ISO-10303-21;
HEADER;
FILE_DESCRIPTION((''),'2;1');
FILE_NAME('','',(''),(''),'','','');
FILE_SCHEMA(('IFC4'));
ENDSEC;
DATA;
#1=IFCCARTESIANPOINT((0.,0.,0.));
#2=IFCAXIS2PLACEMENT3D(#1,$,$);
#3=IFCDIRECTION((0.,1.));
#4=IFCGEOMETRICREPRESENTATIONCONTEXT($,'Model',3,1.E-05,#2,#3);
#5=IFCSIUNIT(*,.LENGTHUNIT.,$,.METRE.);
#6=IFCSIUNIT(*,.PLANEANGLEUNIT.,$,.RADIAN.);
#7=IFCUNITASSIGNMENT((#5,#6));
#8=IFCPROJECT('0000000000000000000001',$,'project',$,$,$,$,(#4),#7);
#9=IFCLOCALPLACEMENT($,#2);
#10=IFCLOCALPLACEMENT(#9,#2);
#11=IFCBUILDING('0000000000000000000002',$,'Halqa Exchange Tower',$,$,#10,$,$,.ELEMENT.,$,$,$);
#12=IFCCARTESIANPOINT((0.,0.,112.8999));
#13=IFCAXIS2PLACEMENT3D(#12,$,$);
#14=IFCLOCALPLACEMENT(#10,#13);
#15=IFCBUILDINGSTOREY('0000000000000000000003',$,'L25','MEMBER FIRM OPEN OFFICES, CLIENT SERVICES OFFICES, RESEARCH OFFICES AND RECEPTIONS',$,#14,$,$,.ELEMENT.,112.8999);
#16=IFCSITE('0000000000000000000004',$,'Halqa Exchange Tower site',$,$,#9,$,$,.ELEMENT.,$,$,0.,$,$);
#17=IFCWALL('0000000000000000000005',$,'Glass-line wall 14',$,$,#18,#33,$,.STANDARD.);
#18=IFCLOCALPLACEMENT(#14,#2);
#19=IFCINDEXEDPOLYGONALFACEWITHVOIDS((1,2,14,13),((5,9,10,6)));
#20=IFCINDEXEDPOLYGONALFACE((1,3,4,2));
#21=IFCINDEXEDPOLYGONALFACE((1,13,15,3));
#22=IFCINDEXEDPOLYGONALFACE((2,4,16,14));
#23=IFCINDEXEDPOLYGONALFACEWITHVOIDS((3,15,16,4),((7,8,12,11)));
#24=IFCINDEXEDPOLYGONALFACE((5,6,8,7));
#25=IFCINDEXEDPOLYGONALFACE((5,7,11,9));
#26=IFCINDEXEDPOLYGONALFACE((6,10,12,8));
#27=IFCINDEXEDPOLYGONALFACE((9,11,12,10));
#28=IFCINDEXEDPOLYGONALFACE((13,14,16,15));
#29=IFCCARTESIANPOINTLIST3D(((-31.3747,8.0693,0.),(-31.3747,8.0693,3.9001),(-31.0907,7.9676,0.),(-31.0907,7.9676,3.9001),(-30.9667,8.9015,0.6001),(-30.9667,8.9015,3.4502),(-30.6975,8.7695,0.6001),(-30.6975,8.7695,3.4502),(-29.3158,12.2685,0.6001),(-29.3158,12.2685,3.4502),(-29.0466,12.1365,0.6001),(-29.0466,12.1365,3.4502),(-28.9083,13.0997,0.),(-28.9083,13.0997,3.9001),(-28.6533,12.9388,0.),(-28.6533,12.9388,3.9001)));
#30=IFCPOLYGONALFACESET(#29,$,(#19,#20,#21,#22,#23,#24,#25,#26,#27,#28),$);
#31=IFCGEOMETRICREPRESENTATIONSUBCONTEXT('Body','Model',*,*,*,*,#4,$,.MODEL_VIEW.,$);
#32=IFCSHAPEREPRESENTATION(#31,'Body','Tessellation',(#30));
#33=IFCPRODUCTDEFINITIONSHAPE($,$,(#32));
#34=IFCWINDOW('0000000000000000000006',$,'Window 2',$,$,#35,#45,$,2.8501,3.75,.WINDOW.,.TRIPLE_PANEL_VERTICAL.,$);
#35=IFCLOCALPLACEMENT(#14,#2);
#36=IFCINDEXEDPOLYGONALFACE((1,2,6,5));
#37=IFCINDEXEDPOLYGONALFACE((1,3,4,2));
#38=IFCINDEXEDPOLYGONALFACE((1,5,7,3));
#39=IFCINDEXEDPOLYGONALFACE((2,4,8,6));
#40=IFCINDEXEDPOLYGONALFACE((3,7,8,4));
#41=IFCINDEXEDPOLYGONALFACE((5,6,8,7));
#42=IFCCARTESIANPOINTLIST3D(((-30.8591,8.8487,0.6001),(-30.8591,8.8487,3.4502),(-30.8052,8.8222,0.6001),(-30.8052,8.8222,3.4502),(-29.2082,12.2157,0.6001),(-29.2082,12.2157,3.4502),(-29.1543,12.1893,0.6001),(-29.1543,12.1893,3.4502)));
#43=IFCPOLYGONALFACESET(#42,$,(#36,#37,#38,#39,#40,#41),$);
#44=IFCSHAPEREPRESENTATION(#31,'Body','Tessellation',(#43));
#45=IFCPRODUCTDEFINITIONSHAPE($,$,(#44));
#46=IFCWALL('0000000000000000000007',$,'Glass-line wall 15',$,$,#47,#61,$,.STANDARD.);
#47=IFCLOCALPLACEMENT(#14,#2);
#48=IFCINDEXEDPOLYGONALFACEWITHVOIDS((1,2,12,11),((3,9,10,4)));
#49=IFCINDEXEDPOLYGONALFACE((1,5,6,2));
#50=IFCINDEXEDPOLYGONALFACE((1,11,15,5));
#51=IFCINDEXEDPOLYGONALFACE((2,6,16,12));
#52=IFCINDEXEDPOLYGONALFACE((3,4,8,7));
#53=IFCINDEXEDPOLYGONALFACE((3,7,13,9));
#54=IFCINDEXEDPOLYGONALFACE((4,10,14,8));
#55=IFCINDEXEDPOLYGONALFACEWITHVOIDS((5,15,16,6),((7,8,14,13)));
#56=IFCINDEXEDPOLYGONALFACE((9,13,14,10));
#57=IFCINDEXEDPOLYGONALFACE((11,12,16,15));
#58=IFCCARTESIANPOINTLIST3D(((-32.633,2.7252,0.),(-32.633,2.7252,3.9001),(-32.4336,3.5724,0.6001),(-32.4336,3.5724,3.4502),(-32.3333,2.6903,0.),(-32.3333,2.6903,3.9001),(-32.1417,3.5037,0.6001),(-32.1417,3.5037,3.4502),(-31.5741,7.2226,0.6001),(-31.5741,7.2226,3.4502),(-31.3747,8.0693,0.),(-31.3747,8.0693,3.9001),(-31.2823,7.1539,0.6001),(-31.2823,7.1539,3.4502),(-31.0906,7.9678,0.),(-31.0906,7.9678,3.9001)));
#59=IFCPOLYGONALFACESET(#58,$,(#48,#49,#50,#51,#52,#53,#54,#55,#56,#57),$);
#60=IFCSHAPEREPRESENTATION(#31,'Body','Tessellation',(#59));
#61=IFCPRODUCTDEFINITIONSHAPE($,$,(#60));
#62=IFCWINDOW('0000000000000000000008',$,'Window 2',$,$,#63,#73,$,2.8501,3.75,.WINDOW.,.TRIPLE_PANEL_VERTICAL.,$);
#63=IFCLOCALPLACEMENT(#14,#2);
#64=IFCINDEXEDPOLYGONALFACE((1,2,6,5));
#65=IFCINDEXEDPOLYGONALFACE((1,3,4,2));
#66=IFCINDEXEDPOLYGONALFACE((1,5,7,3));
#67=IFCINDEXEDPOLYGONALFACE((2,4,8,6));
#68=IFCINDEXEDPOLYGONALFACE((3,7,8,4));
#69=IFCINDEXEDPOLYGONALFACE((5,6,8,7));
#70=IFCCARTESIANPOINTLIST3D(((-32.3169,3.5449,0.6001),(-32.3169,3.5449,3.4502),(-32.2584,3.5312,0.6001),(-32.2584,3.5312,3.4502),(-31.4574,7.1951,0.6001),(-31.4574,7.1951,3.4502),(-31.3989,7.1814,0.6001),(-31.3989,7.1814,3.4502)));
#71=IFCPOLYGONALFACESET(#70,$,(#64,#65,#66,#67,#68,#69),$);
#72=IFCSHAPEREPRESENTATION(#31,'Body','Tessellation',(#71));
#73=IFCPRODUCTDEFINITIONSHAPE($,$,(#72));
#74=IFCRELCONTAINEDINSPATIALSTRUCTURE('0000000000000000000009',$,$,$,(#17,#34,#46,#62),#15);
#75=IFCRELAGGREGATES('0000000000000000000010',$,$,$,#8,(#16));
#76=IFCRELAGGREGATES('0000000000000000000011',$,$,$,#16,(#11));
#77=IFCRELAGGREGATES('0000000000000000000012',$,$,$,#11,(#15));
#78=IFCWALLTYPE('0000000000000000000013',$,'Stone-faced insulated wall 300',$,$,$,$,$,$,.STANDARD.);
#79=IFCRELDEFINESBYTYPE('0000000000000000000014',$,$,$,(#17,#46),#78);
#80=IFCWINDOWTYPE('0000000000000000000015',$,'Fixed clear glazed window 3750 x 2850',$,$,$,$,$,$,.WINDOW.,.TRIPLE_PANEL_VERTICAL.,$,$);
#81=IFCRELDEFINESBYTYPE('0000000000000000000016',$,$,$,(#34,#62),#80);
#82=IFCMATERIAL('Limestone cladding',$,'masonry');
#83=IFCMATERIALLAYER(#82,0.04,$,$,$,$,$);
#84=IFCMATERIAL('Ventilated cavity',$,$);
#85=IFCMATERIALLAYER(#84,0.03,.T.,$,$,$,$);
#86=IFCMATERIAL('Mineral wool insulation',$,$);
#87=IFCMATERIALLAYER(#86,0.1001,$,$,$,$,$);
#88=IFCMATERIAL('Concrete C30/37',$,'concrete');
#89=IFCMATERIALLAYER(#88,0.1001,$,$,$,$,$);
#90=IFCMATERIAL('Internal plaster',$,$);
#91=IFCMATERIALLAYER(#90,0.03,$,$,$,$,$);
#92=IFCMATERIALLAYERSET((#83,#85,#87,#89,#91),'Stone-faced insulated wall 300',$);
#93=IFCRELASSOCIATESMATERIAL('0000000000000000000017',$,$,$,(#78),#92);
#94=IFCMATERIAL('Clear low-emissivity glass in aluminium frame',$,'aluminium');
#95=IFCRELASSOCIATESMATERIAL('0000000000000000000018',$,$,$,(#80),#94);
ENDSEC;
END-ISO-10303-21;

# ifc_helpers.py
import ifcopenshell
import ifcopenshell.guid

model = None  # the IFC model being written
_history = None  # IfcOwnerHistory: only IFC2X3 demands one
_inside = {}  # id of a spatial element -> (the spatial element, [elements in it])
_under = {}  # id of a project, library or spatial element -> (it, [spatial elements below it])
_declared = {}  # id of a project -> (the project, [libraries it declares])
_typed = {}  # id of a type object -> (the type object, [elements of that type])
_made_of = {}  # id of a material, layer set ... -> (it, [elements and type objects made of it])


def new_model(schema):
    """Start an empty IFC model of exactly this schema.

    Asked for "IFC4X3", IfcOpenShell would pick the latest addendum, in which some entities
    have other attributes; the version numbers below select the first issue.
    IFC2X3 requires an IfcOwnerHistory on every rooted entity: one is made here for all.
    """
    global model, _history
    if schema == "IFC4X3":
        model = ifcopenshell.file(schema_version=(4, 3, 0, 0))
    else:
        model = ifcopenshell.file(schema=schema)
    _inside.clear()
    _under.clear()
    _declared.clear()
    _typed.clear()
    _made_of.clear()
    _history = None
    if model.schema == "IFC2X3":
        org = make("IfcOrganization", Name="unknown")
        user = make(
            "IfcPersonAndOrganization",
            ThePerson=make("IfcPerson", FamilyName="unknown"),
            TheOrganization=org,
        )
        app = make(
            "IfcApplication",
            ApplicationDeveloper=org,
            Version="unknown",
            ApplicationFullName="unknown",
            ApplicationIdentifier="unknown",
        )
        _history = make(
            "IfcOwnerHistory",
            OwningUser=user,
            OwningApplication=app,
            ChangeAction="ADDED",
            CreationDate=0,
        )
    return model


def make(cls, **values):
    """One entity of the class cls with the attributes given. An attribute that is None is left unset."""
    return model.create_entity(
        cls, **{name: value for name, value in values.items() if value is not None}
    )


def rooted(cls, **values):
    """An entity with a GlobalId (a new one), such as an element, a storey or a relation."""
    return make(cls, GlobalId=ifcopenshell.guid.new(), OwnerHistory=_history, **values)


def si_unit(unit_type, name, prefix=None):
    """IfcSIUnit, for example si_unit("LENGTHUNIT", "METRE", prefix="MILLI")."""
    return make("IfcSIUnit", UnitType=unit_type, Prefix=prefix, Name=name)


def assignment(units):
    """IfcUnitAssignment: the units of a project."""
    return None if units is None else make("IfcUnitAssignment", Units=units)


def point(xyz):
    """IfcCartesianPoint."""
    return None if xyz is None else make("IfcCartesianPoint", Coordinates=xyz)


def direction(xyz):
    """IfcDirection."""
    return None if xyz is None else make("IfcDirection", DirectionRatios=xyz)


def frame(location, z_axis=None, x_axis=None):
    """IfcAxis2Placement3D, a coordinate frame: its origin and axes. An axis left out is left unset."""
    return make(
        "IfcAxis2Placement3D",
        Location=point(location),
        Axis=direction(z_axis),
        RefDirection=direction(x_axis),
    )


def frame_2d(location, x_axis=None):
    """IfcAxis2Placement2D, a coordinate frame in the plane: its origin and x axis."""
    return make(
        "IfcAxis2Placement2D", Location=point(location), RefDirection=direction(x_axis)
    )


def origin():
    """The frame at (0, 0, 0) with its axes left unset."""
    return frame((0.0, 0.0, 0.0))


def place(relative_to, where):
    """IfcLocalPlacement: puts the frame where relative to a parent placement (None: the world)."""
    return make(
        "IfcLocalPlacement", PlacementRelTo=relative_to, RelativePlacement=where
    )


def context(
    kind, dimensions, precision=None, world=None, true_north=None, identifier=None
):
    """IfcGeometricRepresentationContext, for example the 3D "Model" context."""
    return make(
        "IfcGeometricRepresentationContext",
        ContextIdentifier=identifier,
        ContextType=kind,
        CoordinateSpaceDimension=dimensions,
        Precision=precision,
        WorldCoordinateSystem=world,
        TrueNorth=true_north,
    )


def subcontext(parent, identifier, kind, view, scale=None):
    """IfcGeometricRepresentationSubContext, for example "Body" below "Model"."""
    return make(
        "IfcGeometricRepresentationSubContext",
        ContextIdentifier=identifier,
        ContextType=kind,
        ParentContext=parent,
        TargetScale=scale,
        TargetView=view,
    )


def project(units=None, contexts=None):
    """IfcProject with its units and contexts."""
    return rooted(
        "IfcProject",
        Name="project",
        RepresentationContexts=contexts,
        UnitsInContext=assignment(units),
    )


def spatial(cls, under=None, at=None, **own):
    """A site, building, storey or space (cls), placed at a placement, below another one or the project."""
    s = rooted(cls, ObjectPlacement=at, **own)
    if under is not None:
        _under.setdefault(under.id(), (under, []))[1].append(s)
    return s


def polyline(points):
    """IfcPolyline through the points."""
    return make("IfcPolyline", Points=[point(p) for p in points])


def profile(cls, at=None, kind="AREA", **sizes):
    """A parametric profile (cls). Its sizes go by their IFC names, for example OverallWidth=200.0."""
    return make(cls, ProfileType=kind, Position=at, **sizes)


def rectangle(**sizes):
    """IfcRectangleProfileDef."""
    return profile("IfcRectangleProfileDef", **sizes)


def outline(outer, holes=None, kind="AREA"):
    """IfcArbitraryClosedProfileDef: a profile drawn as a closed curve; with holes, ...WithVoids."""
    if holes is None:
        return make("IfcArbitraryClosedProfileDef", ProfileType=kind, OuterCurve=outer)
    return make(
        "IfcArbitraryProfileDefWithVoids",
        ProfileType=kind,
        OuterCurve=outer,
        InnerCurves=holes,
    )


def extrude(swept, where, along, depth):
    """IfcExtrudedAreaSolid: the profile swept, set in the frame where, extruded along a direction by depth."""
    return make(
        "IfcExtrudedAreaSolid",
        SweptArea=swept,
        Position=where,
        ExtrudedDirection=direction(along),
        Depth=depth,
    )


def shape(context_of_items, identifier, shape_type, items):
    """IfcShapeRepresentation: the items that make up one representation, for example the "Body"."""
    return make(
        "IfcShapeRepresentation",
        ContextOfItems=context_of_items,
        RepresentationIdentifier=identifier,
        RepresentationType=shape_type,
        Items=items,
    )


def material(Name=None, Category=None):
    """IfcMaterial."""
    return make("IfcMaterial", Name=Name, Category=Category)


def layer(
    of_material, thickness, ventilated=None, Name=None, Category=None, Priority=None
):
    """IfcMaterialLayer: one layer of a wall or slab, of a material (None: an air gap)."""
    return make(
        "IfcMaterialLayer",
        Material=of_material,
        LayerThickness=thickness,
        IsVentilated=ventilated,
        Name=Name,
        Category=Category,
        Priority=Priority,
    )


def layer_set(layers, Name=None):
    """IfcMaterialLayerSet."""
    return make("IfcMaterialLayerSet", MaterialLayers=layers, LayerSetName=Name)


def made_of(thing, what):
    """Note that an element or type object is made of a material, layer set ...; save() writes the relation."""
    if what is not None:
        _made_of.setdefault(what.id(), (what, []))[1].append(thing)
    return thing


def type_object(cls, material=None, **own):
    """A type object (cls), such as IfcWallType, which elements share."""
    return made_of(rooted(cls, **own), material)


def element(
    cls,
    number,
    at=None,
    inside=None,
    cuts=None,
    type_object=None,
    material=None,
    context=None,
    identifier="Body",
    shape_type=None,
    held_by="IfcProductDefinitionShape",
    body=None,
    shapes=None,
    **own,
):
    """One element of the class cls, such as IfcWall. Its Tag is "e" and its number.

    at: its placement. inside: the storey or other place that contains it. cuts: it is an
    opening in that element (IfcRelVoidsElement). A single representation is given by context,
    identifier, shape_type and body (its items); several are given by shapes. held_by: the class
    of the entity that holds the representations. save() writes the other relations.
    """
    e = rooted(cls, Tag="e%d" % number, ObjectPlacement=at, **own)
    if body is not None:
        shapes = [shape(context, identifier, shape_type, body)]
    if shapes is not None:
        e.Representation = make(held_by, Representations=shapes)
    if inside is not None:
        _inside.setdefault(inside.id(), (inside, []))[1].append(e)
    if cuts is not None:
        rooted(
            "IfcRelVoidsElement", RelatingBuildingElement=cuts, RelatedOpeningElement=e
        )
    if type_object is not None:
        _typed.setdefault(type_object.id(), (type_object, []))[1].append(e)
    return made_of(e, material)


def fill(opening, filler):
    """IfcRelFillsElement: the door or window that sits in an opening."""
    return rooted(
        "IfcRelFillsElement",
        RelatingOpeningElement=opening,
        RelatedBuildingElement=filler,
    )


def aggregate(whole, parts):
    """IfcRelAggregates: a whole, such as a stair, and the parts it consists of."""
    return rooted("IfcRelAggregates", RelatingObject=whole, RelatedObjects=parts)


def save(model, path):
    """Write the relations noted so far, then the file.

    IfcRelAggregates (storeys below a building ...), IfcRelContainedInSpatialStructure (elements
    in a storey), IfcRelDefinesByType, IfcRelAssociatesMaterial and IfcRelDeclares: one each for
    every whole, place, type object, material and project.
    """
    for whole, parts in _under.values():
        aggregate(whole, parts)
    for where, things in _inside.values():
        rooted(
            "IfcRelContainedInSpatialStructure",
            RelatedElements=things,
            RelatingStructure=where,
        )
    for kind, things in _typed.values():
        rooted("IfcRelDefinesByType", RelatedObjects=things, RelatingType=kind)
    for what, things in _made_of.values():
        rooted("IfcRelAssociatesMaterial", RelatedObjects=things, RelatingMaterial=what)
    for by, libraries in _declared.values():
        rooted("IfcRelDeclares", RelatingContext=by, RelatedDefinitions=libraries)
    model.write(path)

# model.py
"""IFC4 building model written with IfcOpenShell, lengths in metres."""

from ifc_helpers import new_model, si_unit, direction, frame, frame_2d, origin, place, context, subcontext, project, spatial, polyline, rectangle, outline, extrude, material, layer, layer_set, type_object, element, fill, save


model = new_model("IFC4")

# Units and contexts
model_context = context("Model", 3, precision=1e-05, world=origin(), true_north=direction((0.0, 1.0)))
body_context = subcontext(model_context, "Body", "Model", "MODEL_VIEW")
ifc_project = project(units=[si_unit("LENGTHUNIT", "METRE"), si_unit("PLANEANGLEUNIT", "RADIAN")], contexts=[model_context])

# Site, building, storey
site_placement = place(None, origin())
site = spatial("IfcSite", under=ifc_project, at=site_placement, Name="Halqa Exchange Tower site", CompositionType="ELEMENT", RefElevation=0.0)
building_placement = place(site_placement, origin())
building = spatial("IfcBuilding", under=site, at=building_placement, Name="Halqa Exchange Tower", CompositionType="ELEMENT")
storey_placement = place(building_placement, frame((0.0, 0.0, 112.8999)))
storey = spatial("IfcBuildingStorey", under=building, at=storey_placement, Name="L25", Description="MEMBER FIRM OPEN OFFICES, CLIENT SERVICES OFFICES, RESEARCH OFFICES AND RECEPTIONS", CompositionType="ELEMENT", Elevation=112.8999)

# Walls, openings, windows
ifc_material_1 = material(Name="Limestone cladding", Category="masonry")
ifc_layer_1 = layer(ifc_material_1, 0.04)
ifc_material_2 = material(Name="Ventilated cavity")
ifc_layer_2 = layer(ifc_material_2, 0.03, ventilated=True)
ifc_material_3 = material(Name="Mineral wool insulation")
ifc_layer_3 = layer(ifc_material_3, 0.1001)
ifc_material_4 = material(Name="Concrete C30/37", Category="concrete")
ifc_layer_4 = layer(ifc_material_4, 0.1001)
ifc_material_5 = material(Name="Internal plaster")
ifc_layer_5 = layer(ifc_material_5, 0.03)
ifc_layer_set_1 = layer_set([ifc_layer_1, ifc_layer_2, ifc_layer_3, ifc_layer_4, ifc_layer_5], Name="Stone-faced insulated wall 300")
wall_type_1 = type_object("IfcWallType", Name="Stone-faced insulated wall 300", PredefinedType="STANDARD", material=ifc_layer_set_1)
wall_1_placement = place(storey_placement, frame((-28.7808, 13.0193, 0.0), z_axis=(0.0, 0.0, 1.0), x_axis=(-0.440239, -0.897881, 0.0)))
wall_1 = element("IfcWall", 1, at=wall_1_placement, inside=storey, type_object=wall_type_1, Name="Glass-line wall 14", PredefinedType="STANDARD", context=body_context, shape_type="SweptSolid", body=[
    extrude(outline(polyline([(-0.0161, -0.1499), (5.5864, -0.1499), (5.5527, 0.1499), (0.0161, 0.1499), (-0.0161, -0.1499)])), origin(), (0.0, 0.0, 1.0), 3.9001),
])
opening_1_placement = place(wall_1_placement, frame((0.9097, 0.0, 0.6001)))
opening_1 = element("IfcOpeningElement", 2, at=opening_1_placement, cuts=wall_1, PredefinedType="OPENING", context=body_context, shape_type="SweptSolid", body=[
    extrude(rectangle(XDim=3.75, YDim=2.8501, at=frame_2d((1.875, 1.425))), frame((0.0, 0.1621, 0.0), z_axis=(0.0, -1.0, 0.0), x_axis=(1.0, 0.0, 0.0)), (0.0, 0.0, 1.0), 0.324),
])
ifc_material_6 = material(Name="Clear low-emissivity glass in aluminium frame", Category="aluminium")
window_type = type_object("IfcWindowType", Name="Fixed clear glazed window 3750 x 2850", PartitioningType="TRIPLE_PANEL_VERTICAL", PredefinedType="WINDOW", material=ifc_material_6)
window_1_placement = place(opening_1_placement, origin())
window_1 = element("IfcWindow", 3, at=window_1_placement, inside=storey, type_object=window_type, Name="Window 2", OverallHeight=2.8501, OverallWidth=3.75, PartitioningType="TRIPLE_PANEL_VERTICAL", PredefinedType="WINDOW", context=body_context, shape_type="SweptSolid", body=[
    extrude(rectangle(XDim=3.75, YDim=2.8501, at=frame_2d((1.875, 1.425))), frame((0.0, 0.03, 0.0), z_axis=(0.0, -1.0, 0.0), x_axis=(1.0, 0.0, 0.0)), (0.0, 0.0, 1.0), 0.0601),
])
fill(opening_1, window_1)
wall_2_placement = place(storey_placement, frame((-31.2327, 8.0186, 0.0), z_axis=(0.0, 0.0, 1.0), x_axis=(-0.229194, -0.973381, 0.0)))
wall_2 = element("IfcWall", 4, at=wall_2_placement, inside=storey, type_object=wall_type_1, Name="Glass-line wall 15", PredefinedType="STANDARD", context=body_context, shape_type="SweptSolid", body=[
    extrude(outline(polyline([(-0.0168, -0.1499), (5.4734, -0.1499), (5.4387, 0.1499), (0.0168, 0.1499), (-0.0168, -0.1499)])), origin(), (0.0, 0.0, 1.0), 3.9001),
])
opening_2_placement = place(wall_2_placement, frame((0.853, 0.0, 0.6001)))
opening_2 = element("IfcOpeningElement", 5, at=opening_2_placement, cuts=wall_2, PredefinedType="OPENING", context=body_context, shape_type="SweptSolid", body=[
    extrude(rectangle(XDim=3.75, YDim=2.8501, at=frame_2d((1.875, 1.425))), frame((0.0, 0.1621, 0.0), z_axis=(0.0, -1.0, 0.0), x_axis=(1.0, 0.0, 0.0)), (0.0, 0.0, 1.0), 0.324),
])
window_2_placement = place(opening_2_placement, origin())
window_2 = element("IfcWindow", 6, at=window_2_placement, inside=storey, type_object=window_type, Name="Window 2", OverallHeight=2.8501, OverallWidth=3.75, PartitioningType="TRIPLE_PANEL_VERTICAL", PredefinedType="WINDOW", context=body_context, shape_type="SweptSolid", body=[
    extrude(rectangle(XDim=3.75, YDim=2.8501, at=frame_2d((1.875, 1.425))), frame((0.0, 0.03, 0.0), z_axis=(0.0, -1.0, 0.0), x_axis=(1.0, 0.0, 0.0)), (0.0, 0.0, 1.0), 0.0601),
])
fill(opening_2, window_2)

save(model, "model.ifc")
